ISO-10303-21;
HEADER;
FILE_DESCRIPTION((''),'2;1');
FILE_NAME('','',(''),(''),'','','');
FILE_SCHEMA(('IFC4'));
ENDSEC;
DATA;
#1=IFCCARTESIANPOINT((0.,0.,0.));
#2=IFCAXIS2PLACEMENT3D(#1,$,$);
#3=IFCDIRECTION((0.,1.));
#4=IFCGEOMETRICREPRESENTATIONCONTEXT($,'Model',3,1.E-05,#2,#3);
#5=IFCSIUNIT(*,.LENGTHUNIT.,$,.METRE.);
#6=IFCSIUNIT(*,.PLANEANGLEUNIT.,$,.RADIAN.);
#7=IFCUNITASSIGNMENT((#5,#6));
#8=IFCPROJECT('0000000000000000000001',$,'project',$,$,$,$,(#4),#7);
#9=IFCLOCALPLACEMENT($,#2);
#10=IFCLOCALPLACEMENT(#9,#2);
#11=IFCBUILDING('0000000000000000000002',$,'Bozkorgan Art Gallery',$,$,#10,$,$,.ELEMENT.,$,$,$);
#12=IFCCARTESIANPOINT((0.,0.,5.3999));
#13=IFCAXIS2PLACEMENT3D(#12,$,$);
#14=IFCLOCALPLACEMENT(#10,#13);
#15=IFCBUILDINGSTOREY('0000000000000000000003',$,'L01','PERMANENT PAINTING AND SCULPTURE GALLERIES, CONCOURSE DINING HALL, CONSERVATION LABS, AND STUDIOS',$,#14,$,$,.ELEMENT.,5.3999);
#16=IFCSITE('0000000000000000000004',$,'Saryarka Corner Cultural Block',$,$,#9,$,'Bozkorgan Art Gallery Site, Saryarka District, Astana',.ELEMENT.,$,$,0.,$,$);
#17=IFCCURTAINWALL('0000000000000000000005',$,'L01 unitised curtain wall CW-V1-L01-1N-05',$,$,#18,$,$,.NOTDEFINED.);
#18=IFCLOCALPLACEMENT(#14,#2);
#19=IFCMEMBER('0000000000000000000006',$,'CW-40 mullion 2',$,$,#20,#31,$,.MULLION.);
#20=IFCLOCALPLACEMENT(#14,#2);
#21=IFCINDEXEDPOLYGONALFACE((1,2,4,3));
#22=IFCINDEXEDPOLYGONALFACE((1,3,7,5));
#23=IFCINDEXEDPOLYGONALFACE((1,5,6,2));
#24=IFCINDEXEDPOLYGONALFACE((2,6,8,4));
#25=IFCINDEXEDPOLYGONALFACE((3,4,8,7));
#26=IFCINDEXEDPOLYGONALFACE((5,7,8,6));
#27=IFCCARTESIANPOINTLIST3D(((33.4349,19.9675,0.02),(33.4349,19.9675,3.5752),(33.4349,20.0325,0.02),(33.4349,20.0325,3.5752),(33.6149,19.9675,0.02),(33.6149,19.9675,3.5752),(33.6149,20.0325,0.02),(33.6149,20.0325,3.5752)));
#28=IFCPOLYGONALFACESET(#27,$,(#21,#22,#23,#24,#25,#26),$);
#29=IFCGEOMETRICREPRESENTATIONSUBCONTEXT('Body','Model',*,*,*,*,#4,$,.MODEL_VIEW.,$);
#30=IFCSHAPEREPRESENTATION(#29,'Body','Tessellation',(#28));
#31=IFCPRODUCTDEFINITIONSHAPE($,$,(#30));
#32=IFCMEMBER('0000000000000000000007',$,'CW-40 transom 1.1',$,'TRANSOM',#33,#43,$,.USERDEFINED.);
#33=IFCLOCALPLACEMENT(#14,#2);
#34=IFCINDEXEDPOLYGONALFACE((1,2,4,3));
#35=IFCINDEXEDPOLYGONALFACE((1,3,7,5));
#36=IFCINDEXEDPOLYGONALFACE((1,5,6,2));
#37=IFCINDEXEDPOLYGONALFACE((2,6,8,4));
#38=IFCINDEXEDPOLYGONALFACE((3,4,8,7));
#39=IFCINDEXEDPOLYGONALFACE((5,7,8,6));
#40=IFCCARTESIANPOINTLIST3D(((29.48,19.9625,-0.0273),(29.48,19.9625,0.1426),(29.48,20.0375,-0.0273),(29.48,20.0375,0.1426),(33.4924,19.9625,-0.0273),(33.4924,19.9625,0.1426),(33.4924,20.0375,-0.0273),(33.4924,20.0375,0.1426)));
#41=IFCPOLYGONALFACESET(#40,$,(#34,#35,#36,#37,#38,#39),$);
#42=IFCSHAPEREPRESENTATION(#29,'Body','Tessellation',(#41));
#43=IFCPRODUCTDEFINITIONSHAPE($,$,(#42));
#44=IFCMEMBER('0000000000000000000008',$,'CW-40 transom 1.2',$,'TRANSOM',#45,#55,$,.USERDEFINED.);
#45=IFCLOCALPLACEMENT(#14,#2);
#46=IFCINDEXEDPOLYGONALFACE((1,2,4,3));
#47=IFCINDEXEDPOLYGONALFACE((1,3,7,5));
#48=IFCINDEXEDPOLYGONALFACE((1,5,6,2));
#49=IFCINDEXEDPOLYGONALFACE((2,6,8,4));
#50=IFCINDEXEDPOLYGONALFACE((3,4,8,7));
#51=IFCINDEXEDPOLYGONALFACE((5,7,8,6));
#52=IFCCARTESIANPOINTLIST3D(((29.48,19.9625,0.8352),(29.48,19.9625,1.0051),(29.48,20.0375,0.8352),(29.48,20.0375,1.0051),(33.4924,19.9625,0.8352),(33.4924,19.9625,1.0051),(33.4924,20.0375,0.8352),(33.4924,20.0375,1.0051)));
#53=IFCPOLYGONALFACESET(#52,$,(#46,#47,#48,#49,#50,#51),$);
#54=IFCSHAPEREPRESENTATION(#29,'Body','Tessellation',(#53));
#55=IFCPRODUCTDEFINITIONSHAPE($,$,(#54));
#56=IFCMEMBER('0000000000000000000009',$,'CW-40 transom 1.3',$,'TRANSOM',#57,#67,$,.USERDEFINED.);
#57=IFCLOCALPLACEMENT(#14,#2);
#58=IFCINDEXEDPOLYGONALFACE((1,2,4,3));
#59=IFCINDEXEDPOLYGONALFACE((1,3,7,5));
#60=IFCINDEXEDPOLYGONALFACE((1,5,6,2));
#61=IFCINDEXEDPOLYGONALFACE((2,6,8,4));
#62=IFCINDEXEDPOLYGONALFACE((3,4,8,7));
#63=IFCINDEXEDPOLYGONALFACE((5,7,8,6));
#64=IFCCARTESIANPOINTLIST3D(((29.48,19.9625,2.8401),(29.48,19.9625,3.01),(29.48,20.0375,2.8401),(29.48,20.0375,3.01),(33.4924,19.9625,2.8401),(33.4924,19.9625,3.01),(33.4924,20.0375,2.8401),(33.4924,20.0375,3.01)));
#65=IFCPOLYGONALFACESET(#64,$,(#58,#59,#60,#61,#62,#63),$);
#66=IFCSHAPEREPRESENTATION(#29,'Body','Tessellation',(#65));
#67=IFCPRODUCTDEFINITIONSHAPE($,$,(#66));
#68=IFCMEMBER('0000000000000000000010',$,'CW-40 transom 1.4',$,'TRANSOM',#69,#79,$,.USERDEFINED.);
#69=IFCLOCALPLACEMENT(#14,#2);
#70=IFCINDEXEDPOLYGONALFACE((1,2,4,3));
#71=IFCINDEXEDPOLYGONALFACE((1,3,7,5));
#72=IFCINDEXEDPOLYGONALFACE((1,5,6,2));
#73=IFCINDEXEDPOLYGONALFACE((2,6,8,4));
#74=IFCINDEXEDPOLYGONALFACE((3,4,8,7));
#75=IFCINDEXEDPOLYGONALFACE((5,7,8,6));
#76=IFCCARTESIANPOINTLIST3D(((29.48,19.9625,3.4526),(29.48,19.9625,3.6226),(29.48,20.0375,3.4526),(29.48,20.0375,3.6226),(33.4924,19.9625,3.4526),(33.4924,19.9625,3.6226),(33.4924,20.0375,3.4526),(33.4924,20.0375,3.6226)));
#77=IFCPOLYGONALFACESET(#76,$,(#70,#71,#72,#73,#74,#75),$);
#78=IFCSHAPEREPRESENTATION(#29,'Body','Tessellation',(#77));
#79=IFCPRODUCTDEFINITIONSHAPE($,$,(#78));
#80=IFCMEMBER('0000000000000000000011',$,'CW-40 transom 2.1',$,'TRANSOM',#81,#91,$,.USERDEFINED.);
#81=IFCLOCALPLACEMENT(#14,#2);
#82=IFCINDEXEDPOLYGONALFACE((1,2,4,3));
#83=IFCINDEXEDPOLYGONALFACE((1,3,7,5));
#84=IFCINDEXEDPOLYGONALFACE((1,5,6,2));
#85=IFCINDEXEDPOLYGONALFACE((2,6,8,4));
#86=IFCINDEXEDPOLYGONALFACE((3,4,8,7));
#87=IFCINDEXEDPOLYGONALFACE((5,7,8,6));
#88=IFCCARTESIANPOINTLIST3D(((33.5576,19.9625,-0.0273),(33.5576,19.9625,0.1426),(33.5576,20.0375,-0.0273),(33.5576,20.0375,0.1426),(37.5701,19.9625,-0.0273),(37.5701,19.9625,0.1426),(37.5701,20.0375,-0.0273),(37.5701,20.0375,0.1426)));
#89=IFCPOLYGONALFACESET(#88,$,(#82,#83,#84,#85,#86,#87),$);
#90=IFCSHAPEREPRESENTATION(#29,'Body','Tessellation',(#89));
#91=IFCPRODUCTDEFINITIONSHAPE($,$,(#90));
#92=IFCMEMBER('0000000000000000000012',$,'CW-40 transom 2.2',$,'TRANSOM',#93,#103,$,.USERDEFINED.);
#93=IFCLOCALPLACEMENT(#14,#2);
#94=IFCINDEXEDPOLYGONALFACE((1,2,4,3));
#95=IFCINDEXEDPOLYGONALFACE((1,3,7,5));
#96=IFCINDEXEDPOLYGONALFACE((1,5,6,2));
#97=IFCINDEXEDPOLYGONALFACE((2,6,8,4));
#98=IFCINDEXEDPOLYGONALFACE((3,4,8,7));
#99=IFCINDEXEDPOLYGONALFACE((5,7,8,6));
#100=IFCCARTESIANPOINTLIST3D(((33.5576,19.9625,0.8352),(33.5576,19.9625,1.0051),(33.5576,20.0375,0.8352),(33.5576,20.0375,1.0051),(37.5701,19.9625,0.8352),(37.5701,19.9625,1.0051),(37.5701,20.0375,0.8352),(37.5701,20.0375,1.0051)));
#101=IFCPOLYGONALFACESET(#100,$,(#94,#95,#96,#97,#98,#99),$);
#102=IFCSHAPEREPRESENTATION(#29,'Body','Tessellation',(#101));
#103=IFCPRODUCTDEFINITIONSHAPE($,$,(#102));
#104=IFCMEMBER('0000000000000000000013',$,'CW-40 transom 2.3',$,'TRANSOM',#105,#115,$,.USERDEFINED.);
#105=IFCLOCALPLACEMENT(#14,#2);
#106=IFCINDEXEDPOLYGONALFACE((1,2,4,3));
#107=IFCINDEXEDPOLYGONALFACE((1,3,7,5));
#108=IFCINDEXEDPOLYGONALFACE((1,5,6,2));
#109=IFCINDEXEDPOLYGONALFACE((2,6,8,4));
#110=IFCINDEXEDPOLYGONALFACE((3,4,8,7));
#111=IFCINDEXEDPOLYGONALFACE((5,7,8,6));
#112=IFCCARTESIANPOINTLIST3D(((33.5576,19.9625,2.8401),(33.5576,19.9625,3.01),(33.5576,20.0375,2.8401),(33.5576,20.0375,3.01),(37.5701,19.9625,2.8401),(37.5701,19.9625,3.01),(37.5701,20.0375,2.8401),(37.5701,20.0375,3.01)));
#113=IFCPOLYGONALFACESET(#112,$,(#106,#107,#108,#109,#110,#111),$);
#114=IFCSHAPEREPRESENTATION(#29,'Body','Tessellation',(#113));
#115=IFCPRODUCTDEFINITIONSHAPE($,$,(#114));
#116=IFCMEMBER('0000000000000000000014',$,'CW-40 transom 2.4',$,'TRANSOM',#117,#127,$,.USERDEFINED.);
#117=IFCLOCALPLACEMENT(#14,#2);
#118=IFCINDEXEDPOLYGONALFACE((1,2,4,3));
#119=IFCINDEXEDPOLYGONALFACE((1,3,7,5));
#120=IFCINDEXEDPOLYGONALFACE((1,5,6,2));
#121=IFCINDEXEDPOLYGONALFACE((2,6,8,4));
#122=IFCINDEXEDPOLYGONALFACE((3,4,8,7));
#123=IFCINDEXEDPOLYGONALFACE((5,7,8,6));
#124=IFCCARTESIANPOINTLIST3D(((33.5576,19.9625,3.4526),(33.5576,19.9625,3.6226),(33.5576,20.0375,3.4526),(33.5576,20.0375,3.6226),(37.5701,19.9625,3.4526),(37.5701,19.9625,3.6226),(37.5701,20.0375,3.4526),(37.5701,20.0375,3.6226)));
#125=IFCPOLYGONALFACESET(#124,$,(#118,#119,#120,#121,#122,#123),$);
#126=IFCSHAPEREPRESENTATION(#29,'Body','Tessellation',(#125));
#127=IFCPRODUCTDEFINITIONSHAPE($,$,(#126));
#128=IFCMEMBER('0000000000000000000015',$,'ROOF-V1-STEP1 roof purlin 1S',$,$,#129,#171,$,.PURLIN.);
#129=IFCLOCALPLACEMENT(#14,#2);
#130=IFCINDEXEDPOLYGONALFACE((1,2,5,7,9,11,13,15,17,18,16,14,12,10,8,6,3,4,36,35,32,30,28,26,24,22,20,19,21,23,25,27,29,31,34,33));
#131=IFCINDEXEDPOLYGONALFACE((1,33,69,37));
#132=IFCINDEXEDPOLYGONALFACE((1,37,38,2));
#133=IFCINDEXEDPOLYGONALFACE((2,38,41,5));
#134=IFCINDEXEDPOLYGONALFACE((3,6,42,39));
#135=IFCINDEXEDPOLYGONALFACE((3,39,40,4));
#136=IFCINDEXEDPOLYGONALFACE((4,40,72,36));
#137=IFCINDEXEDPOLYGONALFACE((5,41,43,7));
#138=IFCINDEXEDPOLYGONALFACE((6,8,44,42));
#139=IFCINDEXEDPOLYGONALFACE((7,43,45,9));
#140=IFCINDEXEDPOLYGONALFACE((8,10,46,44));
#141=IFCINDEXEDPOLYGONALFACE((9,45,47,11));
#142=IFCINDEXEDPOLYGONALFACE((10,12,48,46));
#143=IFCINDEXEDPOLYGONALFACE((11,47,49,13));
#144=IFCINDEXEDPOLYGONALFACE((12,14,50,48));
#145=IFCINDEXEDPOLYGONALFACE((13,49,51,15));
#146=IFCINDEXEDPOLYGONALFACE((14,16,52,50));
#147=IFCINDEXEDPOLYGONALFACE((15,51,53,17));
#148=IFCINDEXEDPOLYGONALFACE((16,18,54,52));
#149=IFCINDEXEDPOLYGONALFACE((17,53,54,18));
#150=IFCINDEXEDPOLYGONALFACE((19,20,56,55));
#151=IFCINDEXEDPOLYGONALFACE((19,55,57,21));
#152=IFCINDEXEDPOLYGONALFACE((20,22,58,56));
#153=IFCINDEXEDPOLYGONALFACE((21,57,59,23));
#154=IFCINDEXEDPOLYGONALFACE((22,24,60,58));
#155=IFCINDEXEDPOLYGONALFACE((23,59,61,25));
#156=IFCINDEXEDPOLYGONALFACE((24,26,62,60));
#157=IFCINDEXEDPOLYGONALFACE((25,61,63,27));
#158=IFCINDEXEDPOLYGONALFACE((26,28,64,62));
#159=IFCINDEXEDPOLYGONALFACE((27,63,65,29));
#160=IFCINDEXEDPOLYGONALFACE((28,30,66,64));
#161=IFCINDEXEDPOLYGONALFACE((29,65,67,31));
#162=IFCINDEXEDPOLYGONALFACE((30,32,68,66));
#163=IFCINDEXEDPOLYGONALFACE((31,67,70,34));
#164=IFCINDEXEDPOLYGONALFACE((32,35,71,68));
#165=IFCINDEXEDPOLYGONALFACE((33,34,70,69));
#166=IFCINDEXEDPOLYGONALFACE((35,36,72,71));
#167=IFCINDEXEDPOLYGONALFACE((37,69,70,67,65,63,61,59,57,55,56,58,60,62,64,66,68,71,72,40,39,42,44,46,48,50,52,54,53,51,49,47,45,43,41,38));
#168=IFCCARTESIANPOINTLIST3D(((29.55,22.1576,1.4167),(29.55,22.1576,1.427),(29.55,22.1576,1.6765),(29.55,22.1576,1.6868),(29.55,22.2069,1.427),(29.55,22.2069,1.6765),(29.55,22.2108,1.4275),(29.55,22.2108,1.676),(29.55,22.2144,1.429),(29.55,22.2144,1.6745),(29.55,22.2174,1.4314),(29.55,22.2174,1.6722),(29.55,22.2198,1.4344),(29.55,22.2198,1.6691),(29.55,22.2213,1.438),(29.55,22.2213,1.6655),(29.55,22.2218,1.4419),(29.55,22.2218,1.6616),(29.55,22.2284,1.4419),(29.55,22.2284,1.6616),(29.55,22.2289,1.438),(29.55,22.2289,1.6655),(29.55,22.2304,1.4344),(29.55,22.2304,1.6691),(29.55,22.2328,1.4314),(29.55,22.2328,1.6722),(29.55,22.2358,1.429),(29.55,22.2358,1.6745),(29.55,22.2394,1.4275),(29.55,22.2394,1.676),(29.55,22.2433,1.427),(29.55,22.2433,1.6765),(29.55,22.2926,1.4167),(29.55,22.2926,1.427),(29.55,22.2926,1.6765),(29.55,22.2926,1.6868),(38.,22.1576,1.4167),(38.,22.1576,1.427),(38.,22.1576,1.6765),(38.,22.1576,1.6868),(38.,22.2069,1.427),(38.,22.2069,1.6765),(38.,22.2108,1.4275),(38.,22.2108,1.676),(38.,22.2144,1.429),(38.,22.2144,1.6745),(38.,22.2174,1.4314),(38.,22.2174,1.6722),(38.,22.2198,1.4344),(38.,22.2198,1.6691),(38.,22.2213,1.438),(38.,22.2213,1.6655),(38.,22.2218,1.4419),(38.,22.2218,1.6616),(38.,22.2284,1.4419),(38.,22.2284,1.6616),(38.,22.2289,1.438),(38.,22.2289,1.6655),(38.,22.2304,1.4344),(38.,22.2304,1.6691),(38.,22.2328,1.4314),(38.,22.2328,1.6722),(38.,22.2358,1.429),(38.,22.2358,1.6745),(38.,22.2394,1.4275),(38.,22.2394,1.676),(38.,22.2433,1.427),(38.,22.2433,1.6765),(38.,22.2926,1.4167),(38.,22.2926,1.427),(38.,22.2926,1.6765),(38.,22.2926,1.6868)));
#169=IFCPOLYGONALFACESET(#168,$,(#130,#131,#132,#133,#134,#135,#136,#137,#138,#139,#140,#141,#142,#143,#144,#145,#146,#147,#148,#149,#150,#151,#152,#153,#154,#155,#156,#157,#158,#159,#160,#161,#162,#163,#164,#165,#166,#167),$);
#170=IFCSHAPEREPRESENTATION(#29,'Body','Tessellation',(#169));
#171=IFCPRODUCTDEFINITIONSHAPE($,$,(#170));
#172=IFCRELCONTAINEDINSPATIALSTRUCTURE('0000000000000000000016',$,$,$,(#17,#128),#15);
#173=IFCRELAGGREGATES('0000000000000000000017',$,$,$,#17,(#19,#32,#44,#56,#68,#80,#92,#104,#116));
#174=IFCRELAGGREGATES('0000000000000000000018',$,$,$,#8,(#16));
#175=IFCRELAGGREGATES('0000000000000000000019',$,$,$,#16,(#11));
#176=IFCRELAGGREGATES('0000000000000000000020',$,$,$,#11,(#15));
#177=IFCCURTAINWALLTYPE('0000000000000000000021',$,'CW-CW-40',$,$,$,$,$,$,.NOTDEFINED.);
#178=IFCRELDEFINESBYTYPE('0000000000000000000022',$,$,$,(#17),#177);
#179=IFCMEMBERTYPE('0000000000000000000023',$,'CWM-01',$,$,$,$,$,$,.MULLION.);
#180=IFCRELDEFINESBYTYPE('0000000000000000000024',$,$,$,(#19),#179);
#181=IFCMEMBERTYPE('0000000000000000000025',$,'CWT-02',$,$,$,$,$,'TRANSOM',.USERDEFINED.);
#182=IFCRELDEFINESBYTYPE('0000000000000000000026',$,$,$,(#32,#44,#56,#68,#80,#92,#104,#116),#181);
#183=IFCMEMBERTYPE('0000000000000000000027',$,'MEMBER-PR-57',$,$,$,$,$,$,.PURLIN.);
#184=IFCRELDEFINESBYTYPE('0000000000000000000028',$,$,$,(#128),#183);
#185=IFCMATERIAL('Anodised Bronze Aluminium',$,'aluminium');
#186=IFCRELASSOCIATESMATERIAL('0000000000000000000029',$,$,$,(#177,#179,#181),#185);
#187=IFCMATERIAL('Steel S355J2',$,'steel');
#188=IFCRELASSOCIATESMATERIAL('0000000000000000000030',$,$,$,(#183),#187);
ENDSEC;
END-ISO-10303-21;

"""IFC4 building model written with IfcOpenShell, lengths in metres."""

from ifc_helpers import new_model, si_unit, direction, frame, origin, origin_2d, place, context, subcontext, project, spatial, rectangle, i_section, extrude, material, material_profile, profile_set, type_object, element, aggregate, save


model = new_model("IFC4")

# Units and contexts
model_context = context("Model", 3, precision=1e-05, world=origin(), true_north=direction((0.0, 1.0)))
body_context = subcontext(model_context, "Body", "Model", "MODEL_VIEW")
ifc_project = project(units=[si_unit("LENGTHUNIT", "METRE"), si_unit("PLANEANGLEUNIT", "RADIAN")], contexts=[model_context])

# Site, building, storey
site_placement = place(None, origin())
site = spatial("IfcSite", under=ifc_project, at=site_placement, Name="Saryarka Corner Cultural Block", LongName="Bozkorgan Art Gallery Site, Saryarka District, Astana", CompositionType="ELEMENT", RefElevation=0.0)
building_placement = place(site_placement, origin())
building = spatial("IfcBuilding", under=site, at=building_placement, Name="Bozkorgan Art Gallery", CompositionType="ELEMENT")
storey_placement = place(building_placement, frame((0.0, 0.0, 5.3999)))
storey = spatial("IfcBuildingStorey", under=building, at=storey_placement, Name="L01", Description="PERMANENT PAINTING AND SCULPTURE GALLERIES, CONCOURSE DINING HALL, CONSERVATION LABS, AND STUDIOS", CompositionType="ELEMENT", Elevation=5.3999)

# Curtain wall, members
ifc_material_1 = material(Name="Anodised Bronze Aluminium", Category="aluminium")
curtain_wall_type = type_object("IfcCurtainWallType", Name="CW-CW-40", PredefinedType="NOTDEFINED", material=ifc_material_1)
curtain_wall_placement = place(storey_placement, origin())
curtain_wall = element("IfcCurtainWall", 1, at=curtain_wall_placement, inside=storey, type_object=curtain_wall_type, Name="L01 unitised curtain wall CW-V1-L01-1N-05", PredefinedType="NOTDEFINED")
ifc_material_profile_1 = material_profile(ifc_material_1, rectangle(XDim=0.0649, YDim=0.1799, at=origin_2d()), Name="ALU MULLION 65x180")
ifc_profile_set_1 = profile_set([ifc_material_profile_1], Name="Anodised Bronze Aluminium")
member_type_1 = type_object("IfcMemberType", Name="CWM-01", PredefinedType="MULLION", material=ifc_profile_set_1)
member_1_placement = place(storey_placement, frame((33.5249, 20.0, 0.02), z_axis=(0.0, 0.0, 1.0), x_axis=(0.0, 1.0, 0.0)))
member_1 = element("IfcMember", 2, at=member_1_placement, type_object=member_type_1, Name="CW-40 mullion 2", PredefinedType="MULLION", context=body_context, shape_type="SweptSolid", body=[
    extrude(rectangle(XDim=0.0649, YDim=0.1799, at=origin_2d()), origin(), (0.0, 0.0, 1.0), 3.5552),
])
ifc_material_profile_2 = material_profile(ifc_material_1, rectangle(XDim=0.075, YDim=0.1699, at=origin_2d()), Name="ALU TRANSOM 75x170")
ifc_profile_set_2 = profile_set([ifc_material_profile_2], Name="Anodised Bronze Aluminium")
member_type_2 = type_object("IfcMemberType", Name="CWT-02", ElementType="TRANSOM", PredefinedType="USERDEFINED", material=ifc_profile_set_2)
member_2_placement = place(storey_placement, frame((29.48, 20.0, 0.0576), z_axis=(1.0, 0.0, 0.0), x_axis=(0.0, 1.0, 0.0)))
member_2 = element("IfcMember", 3, at=member_2_placement, type_object=member_type_2, Name="CW-40 transom 1.1", ObjectType="TRANSOM", PredefinedType="USERDEFINED", context=body_context, shape_type="SweptSolid", body=[
    extrude(rectangle(XDim=0.075, YDim=0.1699, at=origin_2d()), origin(), (0.0, 0.0, 1.0), 4.0125),
])
member_3_placement = place(storey_placement, frame((29.48, 20.0, 0.9202), z_axis=(1.0, 0.0, 0.0), x_axis=(0.0, 1.0, 0.0)))
member_3 = element("IfcMember", 4, at=member_3_placement, type_object=member_type_2, Name="CW-40 transom 1.2", ObjectType="TRANSOM", PredefinedType="USERDEFINED", context=body_context, shape_type="SweptSolid", body=[
    extrude(rectangle(XDim=0.075, YDim=0.1699, at=origin_2d()), origin(), (0.0, 0.0, 1.0), 4.0125),
])
member_4_placement = place(storey_placement, frame((29.48, 20.0, 2.925), z_axis=(1.0, 0.0, 0.0), x_axis=(0.0, 1.0, 0.0)))
member_4 = element("IfcMember", 5, at=member_4_placement, type_object=member_type_2, Name="CW-40 transom 1.3", ObjectType="TRANSOM", PredefinedType="USERDEFINED", context=body_context, shape_type="SweptSolid", body=[
    extrude(rectangle(XDim=0.075, YDim=0.1699, at=origin_2d()), origin(), (0.0, 0.0, 1.0), 4.0125),
])
member_5_placement = place(storey_placement, frame((29.48, 20.0, 3.5376), z_axis=(1.0, 0.0, 0.0), x_axis=(0.0, 1.0, 0.0)))
member_5 = element("IfcMember", 6, at=member_5_placement, type_object=member_type_2, Name="CW-40 transom 1.4", ObjectType="TRANSOM", PredefinedType="USERDEFINED", context=body_context, shape_type="SweptSolid", body=[
    extrude(rectangle(XDim=0.075, YDim=0.1699, at=origin_2d()), origin(), (0.0, 0.0, 1.0), 4.0125),
])
member_6_placement = place(storey_placement, frame((33.5576, 20.0, 0.0576), z_axis=(1.0, 0.0, 0.0), x_axis=(0.0, 1.0, 0.0)))
member_6 = element("IfcMember", 7, at=member_6_placement, type_object=member_type_2, Name="CW-40 transom 2.1", ObjectType="TRANSOM", PredefinedType="USERDEFINED", context=body_context, shape_type="SweptSolid", body=[
    extrude(rectangle(XDim=0.075, YDim=0.1699, at=origin_2d()), origin(), (0.0, 0.0, 1.0), 4.0125),
])
member_7_placement = place(storey_placement, frame((33.5576, 20.0, 0.9202), z_axis=(1.0, 0.0, 0.0), x_axis=(0.0, 1.0, 0.0)))
member_7 = element("IfcMember", 8, at=member_7_placement, type_object=member_type_2, Name="CW-40 transom 2.2", ObjectType="TRANSOM", PredefinedType="USERDEFINED", context=body_context, shape_type="SweptSolid", body=[
    extrude(rectangle(XDim=0.075, YDim=0.1699, at=origin_2d()), origin(), (0.0, 0.0, 1.0), 4.0125),
])
member_8_placement = place(storey_placement, frame((33.5576, 20.0, 2.925), z_axis=(1.0, 0.0, 0.0), x_axis=(0.0, 1.0, 0.0)))
member_8 = element("IfcMember", 9, at=member_8_placement, type_object=member_type_2, Name="CW-40 transom 2.3", ObjectType="TRANSOM", PredefinedType="USERDEFINED", context=body_context, shape_type="SweptSolid", body=[
    extrude(rectangle(XDim=0.075, YDim=0.1699, at=origin_2d()), origin(), (0.0, 0.0, 1.0), 4.0125),
])
member_9_placement = place(storey_placement, frame((33.5576, 20.0, 3.5376), z_axis=(1.0, 0.0, 0.0), x_axis=(0.0, 1.0, 0.0)))
member_9 = element("IfcMember", 10, at=member_9_placement, type_object=member_type_2, Name="CW-40 transom 2.4", ObjectType="TRANSOM", PredefinedType="USERDEFINED", context=body_context, shape_type="SweptSolid", body=[
    extrude(rectangle(XDim=0.075, YDim=0.1699, at=origin_2d()), origin(), (0.0, 0.0, 1.0), 4.0125),
])

# Member
ifc_material_2 = material(Name="Steel S355J2", Category="steel")
ifc_material_profile_3 = material_profile(ifc_material_2, i_section(OverallWidth=0.135, OverallDepth=0.27, WebThickness=0.0066, FlangeThickness=0.0103, FilletRadius=0.0149, at=origin_2d()), Name="IPE 270")
ifc_profile_set_3 = profile_set([ifc_material_profile_3], Name="Steel S355J2")
member_type_3 = type_object("IfcMemberType", Name="MEMBER-PR-57", PredefinedType="PURLIN", material=ifc_profile_set_3)
member_10_placement = place(storey_placement, frame((29.55, 22.2251, 1.5518), z_axis=(1.0, 0.0, 0.0), x_axis=(0.0, 1.0, 0.0)))
element("IfcMember", 11, at=member_10_placement, inside=storey, type_object=member_type_3, Name="ROOF-V1-STEP1 roof purlin 1S", PredefinedType="PURLIN", context=body_context, shape_type="SweptSolid", body=[
    extrude(i_section(OverallWidth=0.135, OverallDepth=0.27, WebThickness=0.0066, FlangeThickness=0.0103, FilletRadius=0.0149, at=origin_2d()), origin(), (0.0, 0.0, 1.0), 8.45),
])

aggregate(curtain_wall, [member_1, member_2, member_3, member_4, member_5, member_6, member_7, member_8, member_9])

save(model, "model.ifc")
